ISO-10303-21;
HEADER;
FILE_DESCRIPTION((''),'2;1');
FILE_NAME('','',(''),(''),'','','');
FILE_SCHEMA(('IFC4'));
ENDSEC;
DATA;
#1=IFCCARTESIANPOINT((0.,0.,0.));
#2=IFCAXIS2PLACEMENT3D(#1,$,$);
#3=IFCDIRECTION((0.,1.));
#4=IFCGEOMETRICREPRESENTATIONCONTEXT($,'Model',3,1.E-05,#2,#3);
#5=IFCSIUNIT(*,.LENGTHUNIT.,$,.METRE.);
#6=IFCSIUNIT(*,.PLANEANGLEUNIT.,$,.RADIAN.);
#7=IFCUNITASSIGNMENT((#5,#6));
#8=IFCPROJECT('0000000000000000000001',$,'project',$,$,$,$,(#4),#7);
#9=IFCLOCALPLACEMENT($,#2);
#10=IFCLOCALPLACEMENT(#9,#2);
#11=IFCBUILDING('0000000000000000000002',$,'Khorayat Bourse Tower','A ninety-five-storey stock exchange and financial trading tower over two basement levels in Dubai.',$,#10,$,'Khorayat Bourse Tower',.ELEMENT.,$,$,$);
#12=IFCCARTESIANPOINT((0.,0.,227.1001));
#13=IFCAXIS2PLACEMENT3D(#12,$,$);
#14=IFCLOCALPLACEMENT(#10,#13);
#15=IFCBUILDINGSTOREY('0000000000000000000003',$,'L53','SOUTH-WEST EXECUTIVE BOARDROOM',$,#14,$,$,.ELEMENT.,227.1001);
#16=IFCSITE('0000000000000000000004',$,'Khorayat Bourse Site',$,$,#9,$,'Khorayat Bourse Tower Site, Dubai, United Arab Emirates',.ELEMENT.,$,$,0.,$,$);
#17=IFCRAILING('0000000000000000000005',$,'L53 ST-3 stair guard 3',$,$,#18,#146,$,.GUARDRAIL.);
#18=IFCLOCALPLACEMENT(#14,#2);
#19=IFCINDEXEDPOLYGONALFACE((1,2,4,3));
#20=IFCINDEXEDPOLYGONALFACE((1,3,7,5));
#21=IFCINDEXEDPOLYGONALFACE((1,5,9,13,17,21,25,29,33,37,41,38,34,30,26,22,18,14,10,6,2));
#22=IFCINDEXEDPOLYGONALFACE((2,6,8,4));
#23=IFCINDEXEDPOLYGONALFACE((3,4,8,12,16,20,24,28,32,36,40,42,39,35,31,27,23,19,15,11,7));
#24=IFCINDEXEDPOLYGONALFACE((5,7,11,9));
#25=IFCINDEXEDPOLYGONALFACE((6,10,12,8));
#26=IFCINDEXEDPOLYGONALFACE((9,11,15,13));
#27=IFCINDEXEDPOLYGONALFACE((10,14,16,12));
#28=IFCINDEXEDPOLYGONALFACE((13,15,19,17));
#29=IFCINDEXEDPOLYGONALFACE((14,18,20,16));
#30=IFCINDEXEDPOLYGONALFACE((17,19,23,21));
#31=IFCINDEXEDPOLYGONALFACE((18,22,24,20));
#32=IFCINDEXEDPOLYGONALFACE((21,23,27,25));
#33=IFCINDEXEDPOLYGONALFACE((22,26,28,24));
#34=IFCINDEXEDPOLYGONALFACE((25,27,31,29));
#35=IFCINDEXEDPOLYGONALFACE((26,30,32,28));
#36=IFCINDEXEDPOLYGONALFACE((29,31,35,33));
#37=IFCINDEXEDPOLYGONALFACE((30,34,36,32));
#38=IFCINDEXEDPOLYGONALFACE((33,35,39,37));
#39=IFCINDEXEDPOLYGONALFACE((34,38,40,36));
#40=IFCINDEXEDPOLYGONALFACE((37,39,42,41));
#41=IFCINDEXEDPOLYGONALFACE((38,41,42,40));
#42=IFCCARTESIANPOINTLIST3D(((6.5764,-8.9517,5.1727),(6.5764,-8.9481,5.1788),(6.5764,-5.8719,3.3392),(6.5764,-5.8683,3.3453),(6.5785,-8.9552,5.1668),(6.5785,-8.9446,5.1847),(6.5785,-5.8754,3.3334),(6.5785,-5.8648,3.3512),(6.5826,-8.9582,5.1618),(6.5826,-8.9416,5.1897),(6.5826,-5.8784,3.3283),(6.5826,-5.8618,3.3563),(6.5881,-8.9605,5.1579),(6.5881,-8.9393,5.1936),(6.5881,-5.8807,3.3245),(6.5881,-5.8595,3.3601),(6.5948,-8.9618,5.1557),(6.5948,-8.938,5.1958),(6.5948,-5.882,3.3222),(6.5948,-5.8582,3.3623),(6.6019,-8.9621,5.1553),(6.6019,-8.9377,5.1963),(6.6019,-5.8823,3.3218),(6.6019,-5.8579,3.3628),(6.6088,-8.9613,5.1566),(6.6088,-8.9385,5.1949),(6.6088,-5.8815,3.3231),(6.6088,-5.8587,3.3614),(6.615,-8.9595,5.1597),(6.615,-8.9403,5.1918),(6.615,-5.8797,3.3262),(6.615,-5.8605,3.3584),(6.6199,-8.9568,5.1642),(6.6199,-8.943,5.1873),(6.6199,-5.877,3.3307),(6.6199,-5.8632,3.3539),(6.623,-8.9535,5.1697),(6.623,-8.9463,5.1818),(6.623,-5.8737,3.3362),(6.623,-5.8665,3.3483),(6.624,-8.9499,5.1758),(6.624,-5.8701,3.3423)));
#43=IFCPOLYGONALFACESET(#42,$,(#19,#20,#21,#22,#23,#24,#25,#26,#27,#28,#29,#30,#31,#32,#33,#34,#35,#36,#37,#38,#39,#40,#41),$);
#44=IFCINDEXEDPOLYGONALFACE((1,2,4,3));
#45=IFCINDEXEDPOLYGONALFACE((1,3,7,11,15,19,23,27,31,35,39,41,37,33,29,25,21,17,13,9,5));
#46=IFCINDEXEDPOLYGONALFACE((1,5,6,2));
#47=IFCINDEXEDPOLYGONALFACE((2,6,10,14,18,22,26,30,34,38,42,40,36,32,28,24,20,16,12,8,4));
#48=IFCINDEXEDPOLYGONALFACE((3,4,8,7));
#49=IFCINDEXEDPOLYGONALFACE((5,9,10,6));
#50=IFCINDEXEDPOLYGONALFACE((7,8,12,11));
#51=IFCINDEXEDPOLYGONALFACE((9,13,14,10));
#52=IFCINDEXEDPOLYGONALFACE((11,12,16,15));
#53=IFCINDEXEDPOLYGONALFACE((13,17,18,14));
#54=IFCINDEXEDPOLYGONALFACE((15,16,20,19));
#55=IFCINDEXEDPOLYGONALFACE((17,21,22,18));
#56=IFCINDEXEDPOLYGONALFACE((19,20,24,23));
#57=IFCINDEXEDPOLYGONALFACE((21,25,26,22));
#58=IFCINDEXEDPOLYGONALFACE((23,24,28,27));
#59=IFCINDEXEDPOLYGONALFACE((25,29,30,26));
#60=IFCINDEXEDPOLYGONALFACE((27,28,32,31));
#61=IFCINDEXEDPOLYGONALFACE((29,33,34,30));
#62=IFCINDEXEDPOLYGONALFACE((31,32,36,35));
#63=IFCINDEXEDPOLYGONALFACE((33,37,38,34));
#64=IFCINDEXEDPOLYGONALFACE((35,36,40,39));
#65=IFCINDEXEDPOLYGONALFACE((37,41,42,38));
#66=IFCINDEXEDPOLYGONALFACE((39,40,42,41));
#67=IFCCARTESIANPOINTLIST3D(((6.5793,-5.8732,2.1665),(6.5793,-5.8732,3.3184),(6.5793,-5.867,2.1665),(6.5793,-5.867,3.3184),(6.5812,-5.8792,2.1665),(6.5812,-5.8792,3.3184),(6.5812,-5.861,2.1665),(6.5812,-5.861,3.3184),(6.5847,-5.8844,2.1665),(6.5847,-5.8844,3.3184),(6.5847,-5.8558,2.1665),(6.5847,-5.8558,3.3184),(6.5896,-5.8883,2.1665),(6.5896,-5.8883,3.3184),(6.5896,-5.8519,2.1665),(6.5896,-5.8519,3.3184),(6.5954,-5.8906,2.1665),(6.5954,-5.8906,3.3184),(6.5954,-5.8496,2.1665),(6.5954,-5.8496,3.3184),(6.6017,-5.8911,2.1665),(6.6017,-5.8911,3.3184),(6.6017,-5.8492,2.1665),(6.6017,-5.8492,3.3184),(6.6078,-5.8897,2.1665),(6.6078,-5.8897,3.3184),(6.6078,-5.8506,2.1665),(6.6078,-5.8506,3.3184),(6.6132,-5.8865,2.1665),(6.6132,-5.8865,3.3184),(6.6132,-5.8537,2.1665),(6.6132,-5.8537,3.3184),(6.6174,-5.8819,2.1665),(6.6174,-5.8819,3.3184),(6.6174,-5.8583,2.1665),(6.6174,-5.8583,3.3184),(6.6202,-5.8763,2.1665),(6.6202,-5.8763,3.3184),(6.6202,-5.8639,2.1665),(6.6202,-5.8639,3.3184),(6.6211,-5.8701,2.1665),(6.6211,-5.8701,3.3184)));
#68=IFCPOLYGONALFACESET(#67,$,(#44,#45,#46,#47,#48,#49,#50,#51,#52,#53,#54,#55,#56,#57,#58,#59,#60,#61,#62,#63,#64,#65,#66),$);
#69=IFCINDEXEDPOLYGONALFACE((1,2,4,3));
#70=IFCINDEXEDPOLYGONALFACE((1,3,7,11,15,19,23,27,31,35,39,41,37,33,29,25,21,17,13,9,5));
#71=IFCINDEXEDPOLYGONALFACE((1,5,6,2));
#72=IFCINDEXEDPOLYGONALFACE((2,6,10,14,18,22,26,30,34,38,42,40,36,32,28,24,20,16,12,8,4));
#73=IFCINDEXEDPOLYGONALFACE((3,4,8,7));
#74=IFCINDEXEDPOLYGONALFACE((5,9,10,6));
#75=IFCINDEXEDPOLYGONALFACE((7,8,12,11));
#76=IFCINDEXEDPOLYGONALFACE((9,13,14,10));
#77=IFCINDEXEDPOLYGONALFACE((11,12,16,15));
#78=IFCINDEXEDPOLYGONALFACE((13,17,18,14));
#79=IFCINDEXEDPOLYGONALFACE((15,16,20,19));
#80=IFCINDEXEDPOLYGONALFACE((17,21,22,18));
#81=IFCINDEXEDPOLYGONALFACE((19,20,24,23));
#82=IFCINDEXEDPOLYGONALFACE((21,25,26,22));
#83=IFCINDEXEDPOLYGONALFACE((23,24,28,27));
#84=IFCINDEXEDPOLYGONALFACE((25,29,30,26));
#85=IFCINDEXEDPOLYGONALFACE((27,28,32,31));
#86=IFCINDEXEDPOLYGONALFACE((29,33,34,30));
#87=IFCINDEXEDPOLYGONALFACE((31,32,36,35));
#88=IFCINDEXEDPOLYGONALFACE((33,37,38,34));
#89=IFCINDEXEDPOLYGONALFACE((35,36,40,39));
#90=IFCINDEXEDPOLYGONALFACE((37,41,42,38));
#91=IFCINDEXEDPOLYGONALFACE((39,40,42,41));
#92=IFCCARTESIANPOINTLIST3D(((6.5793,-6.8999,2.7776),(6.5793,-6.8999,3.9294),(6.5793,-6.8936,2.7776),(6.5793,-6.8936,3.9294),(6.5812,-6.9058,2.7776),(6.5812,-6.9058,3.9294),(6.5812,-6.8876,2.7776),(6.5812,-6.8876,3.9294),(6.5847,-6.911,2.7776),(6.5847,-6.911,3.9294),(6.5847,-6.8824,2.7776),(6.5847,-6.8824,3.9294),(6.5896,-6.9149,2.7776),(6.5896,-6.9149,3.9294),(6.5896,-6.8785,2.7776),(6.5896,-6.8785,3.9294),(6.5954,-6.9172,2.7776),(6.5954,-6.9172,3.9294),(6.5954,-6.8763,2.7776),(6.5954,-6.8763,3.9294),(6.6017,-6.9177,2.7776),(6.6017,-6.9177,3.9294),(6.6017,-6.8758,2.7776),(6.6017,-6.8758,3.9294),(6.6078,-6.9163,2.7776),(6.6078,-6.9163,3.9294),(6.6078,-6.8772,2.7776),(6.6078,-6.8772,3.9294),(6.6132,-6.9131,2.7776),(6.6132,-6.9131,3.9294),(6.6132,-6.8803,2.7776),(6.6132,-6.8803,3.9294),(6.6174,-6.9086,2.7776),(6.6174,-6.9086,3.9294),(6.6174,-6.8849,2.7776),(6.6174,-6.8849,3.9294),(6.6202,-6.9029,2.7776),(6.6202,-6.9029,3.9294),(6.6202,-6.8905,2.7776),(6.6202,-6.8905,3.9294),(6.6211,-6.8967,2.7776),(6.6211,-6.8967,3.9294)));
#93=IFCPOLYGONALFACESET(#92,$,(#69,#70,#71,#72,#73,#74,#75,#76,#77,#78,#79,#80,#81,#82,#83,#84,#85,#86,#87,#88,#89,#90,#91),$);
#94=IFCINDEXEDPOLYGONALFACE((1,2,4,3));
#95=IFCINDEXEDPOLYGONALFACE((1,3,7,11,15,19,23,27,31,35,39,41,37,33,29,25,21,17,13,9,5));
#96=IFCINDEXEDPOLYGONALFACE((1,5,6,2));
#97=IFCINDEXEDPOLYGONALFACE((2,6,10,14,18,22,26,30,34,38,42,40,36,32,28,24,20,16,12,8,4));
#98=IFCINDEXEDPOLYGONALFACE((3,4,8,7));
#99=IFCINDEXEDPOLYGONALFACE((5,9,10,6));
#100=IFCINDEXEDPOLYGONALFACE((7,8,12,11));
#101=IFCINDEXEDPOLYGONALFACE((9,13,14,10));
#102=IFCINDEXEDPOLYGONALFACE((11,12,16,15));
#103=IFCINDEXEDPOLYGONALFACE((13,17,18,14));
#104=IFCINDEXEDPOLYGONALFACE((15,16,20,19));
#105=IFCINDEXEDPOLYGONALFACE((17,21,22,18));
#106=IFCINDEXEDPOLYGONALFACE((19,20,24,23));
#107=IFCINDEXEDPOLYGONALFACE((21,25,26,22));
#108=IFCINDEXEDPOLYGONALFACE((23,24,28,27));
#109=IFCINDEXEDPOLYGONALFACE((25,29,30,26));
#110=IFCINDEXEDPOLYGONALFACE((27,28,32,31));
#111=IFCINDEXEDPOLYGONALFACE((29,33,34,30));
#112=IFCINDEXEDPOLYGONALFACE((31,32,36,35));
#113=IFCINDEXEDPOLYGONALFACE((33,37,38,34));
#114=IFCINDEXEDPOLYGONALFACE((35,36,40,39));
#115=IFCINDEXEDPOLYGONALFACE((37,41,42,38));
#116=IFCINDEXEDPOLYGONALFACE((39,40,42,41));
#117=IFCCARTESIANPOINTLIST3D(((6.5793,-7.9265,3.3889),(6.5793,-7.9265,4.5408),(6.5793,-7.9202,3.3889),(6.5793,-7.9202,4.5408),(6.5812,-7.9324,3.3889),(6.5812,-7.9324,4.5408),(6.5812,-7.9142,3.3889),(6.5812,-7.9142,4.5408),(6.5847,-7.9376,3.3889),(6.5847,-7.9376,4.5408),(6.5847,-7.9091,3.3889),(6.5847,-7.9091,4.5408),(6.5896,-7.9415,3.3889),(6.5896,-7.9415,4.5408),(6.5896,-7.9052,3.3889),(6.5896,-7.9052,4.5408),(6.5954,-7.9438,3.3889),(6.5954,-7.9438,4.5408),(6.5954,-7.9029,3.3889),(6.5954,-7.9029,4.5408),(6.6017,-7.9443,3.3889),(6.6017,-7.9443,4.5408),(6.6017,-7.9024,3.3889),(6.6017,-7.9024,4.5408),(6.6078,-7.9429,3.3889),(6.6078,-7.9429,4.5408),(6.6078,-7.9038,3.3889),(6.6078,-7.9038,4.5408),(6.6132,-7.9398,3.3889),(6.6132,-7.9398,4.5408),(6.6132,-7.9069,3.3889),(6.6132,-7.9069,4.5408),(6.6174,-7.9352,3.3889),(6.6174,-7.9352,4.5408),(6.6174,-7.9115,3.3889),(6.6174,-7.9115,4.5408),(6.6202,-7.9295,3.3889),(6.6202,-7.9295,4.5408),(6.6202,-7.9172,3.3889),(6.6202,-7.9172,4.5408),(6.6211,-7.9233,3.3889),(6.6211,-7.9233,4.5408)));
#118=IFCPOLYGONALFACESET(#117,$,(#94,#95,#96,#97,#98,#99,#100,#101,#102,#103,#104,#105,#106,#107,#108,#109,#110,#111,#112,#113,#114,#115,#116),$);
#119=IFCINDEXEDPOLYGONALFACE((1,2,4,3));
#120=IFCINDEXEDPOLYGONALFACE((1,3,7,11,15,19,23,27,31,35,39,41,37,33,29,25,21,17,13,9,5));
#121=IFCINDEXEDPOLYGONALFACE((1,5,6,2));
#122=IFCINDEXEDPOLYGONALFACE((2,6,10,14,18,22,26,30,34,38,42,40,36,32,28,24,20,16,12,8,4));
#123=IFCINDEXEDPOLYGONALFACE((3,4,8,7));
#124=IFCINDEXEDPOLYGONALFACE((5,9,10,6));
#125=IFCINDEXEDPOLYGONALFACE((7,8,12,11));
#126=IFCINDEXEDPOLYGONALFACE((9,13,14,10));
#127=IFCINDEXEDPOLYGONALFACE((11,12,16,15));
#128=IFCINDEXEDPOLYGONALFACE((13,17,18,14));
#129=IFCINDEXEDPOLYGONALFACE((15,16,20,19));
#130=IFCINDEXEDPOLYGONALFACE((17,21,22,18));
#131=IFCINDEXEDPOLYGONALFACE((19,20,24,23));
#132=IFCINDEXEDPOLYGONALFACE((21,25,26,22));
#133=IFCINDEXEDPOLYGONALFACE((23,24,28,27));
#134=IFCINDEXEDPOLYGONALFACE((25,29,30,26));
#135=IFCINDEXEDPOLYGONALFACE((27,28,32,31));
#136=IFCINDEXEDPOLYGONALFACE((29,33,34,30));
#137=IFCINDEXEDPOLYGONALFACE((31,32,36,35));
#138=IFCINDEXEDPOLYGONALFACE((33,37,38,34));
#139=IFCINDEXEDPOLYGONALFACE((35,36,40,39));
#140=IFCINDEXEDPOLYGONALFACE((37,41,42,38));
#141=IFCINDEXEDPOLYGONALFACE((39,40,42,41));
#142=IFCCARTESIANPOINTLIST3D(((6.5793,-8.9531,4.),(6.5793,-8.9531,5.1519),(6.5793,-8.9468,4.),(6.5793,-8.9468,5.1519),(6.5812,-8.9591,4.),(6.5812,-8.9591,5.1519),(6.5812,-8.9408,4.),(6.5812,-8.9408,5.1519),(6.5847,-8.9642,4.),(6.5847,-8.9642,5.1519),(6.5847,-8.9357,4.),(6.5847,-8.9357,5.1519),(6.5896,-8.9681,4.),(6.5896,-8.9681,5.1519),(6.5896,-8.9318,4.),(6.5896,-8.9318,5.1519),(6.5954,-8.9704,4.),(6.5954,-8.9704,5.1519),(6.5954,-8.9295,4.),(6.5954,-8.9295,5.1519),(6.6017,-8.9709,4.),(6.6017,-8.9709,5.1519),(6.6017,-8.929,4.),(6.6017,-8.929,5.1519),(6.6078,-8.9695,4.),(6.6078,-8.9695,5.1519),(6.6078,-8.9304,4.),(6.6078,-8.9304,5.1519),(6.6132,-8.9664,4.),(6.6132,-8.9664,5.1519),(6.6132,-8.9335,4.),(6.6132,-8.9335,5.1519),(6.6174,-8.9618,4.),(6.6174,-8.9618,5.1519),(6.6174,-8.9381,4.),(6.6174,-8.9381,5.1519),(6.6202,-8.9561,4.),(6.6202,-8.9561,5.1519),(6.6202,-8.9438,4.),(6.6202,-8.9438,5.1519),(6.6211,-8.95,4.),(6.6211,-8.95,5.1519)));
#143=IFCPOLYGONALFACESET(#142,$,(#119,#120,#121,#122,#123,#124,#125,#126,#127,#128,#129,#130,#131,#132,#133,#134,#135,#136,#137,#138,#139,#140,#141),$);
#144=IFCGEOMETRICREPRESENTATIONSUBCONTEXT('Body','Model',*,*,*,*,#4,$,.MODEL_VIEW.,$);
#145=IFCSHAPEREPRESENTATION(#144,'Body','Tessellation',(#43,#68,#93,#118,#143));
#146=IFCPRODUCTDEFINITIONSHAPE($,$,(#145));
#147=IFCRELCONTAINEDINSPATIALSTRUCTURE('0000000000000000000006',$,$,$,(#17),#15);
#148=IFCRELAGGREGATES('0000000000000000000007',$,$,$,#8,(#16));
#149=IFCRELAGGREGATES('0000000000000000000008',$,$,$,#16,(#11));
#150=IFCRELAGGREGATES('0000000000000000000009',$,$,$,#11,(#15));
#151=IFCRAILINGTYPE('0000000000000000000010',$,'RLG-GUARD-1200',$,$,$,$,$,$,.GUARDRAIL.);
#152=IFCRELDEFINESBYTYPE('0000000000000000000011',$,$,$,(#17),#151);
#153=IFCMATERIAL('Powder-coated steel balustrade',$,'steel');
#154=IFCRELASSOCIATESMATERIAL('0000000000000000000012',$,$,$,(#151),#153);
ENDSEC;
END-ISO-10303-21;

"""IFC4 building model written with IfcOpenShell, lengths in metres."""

from ifc_helpers import new_model, si_unit, direction, frame, origin, origin_2d, place, context, subcontext, project, spatial, circle, extrude, source, transform, mapped, material, type_object, element, save


model = new_model("IFC4")

# Units and contexts
model_context = context("Model", 3, precision=1e-05, world=origin(), true_north=direction((0.0, 1.0)))
body_context = subcontext(model_context, "Body", "Model", "MODEL_VIEW")
ifc_project = project(units=[si_unit("LENGTHUNIT", "METRE"), si_unit("PLANEANGLEUNIT", "RADIAN")], contexts=[model_context])

# Site, building, storey
site_placement = place(None, origin())
site = spatial("IfcSite", under=ifc_project, at=site_placement, Name="Khorayat Bourse Site", LongName="Khorayat Bourse Tower Site, Dubai, United Arab Emirates", CompositionType="ELEMENT", RefElevation=0.0)
building_placement = place(site_placement, origin())
building = spatial("IfcBuilding", under=site, at=building_placement, Name="Khorayat Bourse Tower", Description="A ninety-five-storey stock exchange and financial trading tower over two basement levels in Dubai.", LongName="Khorayat Bourse Tower", CompositionType="ELEMENT")
storey_placement = place(building_placement, frame((0.0, 0.0, 227.1001)))
storey = spatial("IfcBuildingStorey", under=building, at=storey_placement, Name="L53", Description="SOUTH-WEST EXECUTIVE BOARDROOM", CompositionType="ELEMENT", Elevation=227.1001)

# Railing
ifc_material_1 = material(Name="Powder-coated steel balustrade", Category="steel")
railing_type_1 = type_object("IfcRailingType", Name="RLG-GUARD-1200", PredefinedType="GUARDRAIL", material=ifc_material_1)
shared_shape_1 = source(origin(), body_context, "Body", "SweptSolid", [
    extrude(circle(Radius=0.0239, at=origin_2d()), frame((0.0, 0.0, 1.1758), z_axis=(0.0, -0.859261, 0.511538), x_axis=(1.0, 0.0, 0.0)), (0.0, 0.0, 1.0), 3.5842),
    extrude(circle(Radius=0.021, at=origin_2d()), origin(), (0.0, 0.0, 1.0), 1.1519),
    extrude(circle(Radius=0.021, at=origin_2d()), frame((0.0, -1.0266, 0.6111)), (0.0, 0.0, 1.0), 1.1519),
    extrude(circle(Radius=0.021, at=origin_2d()), frame((0.0, -2.0532, 1.2224)), (0.0, 0.0, 1.0), 1.1519),
    extrude(circle(Radius=0.021, at=origin_2d()), frame((0.0, -3.0798, 1.8335)), (0.0, 0.0, 1.0), 1.1519),
])
railing_1_placement = place(storey_placement, frame((6.6001, -5.8701, 2.1665)))
element("IfcRailing", 1, at=railing_1_placement, inside=storey, type_object=railing_type_1, Name="L53 ST-3 stair guard 3", PredefinedType="GUARDRAIL", context=body_context, shape_type="MappedRepresentation", body=[
    mapped(shared_shape_1, transform((0.0, 0.0, 0.0), scale=1.0)),
])

save(model, "model.ifc")
